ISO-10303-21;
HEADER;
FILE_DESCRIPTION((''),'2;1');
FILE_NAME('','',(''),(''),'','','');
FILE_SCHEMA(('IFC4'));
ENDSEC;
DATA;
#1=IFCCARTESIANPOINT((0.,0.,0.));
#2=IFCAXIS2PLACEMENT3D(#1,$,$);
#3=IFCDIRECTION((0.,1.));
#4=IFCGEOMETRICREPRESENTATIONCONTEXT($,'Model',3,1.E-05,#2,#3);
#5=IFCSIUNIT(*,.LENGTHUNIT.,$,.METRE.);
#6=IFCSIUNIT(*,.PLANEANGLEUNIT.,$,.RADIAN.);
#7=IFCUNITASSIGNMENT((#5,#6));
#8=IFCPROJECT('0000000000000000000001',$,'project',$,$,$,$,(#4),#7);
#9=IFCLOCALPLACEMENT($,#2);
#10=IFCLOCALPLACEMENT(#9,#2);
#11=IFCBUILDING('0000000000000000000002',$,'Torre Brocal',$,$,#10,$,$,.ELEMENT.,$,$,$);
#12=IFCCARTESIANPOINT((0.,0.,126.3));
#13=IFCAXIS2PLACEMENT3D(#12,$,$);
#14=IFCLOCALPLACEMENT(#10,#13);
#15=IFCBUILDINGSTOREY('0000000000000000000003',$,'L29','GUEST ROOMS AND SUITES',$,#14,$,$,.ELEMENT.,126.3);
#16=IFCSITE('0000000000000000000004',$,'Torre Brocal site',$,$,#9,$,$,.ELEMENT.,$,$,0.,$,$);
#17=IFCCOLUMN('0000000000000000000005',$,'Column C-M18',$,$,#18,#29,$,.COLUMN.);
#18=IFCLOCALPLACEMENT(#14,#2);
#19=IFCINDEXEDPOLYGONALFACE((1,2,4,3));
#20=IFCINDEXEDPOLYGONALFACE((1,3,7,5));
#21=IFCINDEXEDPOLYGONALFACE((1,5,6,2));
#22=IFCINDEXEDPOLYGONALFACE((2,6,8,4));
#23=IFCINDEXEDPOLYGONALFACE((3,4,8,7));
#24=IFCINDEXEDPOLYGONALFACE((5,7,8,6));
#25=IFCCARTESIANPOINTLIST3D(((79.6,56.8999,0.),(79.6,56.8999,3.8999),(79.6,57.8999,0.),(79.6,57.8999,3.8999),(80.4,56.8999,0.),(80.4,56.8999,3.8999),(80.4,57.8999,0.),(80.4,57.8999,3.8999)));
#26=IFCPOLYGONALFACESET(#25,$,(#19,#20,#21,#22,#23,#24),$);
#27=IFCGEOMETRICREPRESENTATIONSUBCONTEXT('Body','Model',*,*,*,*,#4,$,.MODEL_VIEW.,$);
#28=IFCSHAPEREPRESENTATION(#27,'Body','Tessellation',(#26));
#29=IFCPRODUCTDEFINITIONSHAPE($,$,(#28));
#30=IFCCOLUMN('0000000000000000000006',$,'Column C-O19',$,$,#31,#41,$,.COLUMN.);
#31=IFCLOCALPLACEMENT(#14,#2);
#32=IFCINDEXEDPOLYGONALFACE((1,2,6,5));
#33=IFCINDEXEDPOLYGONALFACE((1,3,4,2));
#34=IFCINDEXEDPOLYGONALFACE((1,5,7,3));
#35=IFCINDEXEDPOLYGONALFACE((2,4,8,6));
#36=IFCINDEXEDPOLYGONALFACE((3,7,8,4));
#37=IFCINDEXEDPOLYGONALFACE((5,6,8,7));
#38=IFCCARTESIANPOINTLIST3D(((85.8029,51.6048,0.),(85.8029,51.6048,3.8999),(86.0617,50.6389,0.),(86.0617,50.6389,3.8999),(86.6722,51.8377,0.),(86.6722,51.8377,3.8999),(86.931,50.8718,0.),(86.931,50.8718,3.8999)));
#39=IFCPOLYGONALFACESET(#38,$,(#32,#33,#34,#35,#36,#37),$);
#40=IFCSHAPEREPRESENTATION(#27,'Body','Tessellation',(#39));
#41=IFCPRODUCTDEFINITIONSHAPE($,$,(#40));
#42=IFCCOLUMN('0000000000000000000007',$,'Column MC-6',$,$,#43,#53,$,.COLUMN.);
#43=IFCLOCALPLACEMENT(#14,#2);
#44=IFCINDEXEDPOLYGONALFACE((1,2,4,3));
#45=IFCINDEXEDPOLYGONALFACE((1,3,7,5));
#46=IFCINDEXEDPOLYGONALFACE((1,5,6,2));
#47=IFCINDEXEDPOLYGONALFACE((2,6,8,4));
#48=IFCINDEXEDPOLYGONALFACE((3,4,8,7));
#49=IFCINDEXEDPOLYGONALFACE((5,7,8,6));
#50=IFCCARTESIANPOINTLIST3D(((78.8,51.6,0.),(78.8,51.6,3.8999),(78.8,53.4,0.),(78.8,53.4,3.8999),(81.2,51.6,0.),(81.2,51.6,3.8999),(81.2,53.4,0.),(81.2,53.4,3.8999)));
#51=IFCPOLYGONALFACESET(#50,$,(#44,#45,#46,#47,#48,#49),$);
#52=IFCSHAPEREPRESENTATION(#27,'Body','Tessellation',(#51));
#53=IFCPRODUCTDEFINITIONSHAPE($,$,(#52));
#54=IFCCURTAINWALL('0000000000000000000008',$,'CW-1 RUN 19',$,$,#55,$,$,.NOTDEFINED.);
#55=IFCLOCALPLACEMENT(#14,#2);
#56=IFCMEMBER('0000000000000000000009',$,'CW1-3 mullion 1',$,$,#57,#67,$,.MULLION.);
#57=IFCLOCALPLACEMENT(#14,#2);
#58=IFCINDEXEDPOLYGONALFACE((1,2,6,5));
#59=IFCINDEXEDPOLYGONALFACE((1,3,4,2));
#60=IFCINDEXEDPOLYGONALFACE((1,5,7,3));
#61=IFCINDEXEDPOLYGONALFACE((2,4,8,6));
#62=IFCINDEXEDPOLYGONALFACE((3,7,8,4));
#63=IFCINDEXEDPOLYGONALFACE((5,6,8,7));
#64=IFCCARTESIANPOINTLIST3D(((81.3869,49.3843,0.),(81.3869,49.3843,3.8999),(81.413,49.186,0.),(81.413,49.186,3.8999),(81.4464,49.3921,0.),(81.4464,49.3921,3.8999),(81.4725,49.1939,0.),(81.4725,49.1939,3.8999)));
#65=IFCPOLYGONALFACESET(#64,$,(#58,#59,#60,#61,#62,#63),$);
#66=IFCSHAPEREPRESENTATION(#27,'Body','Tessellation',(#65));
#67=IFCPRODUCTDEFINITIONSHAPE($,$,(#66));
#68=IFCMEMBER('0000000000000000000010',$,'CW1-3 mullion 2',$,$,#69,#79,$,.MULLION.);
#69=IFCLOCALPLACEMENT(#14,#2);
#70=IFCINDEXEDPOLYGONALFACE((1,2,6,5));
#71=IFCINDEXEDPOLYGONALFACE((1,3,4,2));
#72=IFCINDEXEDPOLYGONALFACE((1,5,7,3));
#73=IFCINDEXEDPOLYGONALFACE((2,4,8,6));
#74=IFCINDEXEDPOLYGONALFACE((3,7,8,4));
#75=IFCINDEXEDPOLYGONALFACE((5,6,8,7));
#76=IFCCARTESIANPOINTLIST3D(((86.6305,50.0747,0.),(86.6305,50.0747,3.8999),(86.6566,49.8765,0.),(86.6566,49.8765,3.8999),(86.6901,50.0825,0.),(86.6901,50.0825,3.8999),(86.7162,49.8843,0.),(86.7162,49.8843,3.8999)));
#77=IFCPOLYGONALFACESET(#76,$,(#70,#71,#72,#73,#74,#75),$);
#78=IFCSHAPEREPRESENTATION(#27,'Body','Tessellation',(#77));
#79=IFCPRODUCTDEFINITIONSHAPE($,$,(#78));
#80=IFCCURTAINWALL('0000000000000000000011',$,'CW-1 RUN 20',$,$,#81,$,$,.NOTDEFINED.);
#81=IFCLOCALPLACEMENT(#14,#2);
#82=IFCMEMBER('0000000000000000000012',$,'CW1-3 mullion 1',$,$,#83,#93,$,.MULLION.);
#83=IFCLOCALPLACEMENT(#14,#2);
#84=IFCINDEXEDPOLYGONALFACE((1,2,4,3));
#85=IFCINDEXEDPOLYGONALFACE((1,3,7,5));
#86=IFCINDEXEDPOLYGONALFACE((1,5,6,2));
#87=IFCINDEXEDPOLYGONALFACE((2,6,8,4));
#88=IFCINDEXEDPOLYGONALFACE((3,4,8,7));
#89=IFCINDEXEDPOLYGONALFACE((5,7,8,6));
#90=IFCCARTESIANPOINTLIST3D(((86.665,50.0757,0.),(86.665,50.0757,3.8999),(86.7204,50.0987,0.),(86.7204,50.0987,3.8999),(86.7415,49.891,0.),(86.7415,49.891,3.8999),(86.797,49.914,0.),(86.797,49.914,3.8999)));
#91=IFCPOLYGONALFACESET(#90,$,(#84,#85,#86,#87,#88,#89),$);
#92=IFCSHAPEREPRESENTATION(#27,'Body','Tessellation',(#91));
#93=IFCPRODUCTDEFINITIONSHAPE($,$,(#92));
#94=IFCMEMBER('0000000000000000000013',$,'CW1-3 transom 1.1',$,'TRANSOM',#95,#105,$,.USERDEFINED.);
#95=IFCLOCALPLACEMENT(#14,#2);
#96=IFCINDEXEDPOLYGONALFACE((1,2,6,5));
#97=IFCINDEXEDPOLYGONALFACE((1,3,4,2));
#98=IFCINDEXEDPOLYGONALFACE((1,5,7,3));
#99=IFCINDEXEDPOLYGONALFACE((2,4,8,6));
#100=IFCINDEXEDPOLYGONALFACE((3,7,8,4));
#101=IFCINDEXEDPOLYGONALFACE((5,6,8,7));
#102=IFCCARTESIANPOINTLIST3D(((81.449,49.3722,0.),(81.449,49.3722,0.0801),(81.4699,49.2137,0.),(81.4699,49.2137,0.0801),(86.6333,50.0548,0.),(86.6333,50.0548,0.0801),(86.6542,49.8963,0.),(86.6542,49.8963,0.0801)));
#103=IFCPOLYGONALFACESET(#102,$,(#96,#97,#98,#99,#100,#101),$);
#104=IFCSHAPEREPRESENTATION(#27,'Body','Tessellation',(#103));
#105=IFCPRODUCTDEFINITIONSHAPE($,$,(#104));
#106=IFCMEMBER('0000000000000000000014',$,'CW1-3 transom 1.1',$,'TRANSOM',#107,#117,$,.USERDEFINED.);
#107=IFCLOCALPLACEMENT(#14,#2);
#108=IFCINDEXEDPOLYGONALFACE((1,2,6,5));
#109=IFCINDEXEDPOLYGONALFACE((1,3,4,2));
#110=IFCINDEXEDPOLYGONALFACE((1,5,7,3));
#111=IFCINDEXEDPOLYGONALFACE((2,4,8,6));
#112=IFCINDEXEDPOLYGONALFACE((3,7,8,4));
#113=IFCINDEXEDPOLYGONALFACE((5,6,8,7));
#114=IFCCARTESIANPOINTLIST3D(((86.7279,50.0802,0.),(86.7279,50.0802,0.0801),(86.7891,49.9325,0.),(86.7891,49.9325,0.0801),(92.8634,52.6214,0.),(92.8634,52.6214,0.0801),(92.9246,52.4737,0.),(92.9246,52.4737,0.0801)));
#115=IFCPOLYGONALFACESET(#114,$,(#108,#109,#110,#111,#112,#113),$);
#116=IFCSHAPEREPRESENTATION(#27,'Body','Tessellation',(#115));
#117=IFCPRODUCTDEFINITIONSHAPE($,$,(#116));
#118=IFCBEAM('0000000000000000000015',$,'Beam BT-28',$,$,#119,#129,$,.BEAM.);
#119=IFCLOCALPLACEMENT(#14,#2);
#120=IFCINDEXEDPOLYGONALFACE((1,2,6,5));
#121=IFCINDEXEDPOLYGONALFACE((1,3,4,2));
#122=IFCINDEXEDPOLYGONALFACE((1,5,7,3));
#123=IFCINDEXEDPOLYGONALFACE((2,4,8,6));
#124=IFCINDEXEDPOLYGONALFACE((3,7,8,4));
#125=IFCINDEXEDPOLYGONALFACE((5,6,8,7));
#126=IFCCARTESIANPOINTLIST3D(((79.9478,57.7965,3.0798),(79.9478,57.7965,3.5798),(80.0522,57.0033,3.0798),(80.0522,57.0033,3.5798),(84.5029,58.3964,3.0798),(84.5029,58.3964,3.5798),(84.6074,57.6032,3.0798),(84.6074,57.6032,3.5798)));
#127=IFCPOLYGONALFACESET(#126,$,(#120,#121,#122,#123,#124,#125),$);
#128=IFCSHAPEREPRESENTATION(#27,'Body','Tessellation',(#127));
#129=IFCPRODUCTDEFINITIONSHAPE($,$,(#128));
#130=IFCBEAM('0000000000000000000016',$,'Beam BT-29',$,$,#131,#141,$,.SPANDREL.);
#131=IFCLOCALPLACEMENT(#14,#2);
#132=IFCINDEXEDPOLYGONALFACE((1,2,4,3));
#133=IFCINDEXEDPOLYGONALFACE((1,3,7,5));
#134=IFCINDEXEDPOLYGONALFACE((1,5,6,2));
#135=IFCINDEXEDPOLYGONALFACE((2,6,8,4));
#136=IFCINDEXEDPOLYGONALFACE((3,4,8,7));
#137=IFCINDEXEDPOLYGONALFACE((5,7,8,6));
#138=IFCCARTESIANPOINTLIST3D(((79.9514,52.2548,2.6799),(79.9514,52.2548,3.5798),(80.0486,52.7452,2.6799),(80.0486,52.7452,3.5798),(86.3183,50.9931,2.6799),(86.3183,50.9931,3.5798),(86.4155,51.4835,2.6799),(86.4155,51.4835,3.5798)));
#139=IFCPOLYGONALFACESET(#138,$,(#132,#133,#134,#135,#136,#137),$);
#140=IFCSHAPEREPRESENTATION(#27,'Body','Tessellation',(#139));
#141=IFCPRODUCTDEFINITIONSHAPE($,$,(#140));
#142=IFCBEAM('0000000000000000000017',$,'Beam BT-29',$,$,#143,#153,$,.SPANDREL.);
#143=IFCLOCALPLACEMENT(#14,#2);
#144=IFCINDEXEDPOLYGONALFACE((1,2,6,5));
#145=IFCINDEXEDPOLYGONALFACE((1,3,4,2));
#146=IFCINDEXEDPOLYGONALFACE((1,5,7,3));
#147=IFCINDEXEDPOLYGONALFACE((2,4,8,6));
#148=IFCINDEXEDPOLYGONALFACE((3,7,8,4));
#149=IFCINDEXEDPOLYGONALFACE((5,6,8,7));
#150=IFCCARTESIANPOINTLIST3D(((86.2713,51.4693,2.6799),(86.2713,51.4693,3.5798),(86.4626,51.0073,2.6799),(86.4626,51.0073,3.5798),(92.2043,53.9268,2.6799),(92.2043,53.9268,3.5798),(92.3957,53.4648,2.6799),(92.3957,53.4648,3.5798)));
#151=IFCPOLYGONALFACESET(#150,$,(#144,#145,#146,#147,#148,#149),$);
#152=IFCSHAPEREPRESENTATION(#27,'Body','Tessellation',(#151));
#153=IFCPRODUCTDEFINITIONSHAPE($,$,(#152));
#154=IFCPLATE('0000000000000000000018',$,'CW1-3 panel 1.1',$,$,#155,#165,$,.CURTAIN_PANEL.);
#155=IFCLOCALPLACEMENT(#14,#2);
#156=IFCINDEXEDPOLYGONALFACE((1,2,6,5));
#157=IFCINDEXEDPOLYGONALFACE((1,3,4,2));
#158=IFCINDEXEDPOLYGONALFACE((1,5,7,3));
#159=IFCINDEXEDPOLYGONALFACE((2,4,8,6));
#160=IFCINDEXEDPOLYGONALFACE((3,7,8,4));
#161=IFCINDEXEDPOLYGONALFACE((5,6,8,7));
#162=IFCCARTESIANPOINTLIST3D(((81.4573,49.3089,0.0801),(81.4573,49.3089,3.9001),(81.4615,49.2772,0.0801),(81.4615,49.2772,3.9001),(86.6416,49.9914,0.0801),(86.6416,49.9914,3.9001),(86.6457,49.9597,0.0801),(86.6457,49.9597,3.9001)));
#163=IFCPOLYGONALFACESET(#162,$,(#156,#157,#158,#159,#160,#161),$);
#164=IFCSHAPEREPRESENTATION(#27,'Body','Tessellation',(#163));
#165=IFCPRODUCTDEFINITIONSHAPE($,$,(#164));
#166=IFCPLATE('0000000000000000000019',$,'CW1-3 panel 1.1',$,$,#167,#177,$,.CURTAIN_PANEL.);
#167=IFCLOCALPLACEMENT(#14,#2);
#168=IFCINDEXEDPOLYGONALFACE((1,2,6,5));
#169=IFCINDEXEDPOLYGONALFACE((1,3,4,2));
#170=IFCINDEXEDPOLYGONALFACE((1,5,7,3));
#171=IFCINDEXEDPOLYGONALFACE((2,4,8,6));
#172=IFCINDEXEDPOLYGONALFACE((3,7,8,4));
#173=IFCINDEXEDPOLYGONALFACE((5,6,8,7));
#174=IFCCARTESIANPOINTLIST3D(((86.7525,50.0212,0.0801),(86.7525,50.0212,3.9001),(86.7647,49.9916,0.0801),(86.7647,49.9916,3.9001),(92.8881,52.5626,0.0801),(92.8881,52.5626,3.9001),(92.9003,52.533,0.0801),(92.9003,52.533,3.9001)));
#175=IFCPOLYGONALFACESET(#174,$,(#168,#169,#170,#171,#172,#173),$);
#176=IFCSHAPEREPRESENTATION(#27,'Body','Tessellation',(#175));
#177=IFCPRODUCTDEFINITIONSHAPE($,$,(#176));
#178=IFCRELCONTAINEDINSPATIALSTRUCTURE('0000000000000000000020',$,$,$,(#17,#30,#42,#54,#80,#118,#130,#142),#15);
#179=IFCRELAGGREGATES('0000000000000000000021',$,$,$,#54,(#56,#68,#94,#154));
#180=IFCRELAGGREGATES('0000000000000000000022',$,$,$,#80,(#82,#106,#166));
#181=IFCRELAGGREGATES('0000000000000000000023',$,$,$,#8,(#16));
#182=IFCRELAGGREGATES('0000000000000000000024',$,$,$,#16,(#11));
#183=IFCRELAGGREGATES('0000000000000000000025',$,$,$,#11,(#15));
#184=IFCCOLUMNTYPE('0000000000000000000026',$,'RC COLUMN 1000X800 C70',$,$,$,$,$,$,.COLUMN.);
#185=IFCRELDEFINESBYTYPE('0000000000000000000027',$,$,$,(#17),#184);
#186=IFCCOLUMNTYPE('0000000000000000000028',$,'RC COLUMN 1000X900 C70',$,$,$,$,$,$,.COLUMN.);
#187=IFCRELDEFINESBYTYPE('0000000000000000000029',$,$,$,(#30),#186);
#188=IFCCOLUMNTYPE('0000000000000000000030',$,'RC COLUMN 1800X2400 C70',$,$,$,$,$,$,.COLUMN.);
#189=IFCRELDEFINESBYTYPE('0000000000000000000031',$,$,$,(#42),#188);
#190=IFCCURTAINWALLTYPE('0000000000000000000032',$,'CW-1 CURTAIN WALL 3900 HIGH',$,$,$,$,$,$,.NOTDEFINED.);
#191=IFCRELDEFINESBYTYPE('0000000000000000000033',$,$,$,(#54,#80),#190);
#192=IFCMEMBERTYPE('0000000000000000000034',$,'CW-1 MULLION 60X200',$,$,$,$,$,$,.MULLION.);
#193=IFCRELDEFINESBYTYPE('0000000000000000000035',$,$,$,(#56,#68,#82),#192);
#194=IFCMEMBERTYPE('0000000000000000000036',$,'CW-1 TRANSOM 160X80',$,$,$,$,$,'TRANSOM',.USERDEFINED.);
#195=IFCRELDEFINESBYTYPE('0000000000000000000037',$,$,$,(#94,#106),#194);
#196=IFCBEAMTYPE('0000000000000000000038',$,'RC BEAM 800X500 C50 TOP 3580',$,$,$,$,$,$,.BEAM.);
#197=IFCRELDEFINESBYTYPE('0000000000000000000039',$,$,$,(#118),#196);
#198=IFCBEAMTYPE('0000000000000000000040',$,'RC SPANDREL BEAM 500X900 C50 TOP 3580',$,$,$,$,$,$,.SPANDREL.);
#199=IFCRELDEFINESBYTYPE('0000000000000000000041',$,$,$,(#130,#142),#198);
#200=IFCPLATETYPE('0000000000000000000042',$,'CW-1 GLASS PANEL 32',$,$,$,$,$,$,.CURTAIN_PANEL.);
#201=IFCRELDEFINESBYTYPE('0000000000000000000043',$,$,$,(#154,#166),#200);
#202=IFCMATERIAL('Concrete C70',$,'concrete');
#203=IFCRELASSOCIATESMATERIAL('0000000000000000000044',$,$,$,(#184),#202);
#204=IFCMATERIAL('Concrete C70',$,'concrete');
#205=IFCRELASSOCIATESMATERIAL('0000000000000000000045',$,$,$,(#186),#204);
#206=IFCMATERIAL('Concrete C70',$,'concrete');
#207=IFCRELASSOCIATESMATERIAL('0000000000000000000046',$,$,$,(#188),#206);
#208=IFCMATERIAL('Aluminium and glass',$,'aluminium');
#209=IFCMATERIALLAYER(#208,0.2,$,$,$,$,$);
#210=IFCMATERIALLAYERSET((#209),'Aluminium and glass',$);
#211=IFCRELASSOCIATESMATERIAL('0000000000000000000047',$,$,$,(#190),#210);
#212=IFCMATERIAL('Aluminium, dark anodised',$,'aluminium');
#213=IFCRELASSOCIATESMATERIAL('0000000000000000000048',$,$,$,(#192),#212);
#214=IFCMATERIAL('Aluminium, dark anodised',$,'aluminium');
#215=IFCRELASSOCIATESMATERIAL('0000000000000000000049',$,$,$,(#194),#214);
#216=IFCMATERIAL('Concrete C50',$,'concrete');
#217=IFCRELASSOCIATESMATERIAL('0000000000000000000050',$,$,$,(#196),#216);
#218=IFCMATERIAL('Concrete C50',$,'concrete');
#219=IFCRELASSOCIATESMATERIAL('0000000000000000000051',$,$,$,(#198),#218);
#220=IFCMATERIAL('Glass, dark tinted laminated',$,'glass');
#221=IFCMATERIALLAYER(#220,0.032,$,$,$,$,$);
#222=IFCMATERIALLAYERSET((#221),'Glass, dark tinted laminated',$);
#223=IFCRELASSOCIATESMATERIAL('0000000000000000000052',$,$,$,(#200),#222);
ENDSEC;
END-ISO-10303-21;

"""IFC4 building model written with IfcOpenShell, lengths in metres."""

from ifc_helpers import new_model, si_unit, direction, frame, origin, origin_2d, place, context, subcontext, project, spatial, rectangle, extrude, material, layer, layer_set, material_profile, profile_set, type_object, element, aggregate, save


model = new_model("IFC4")

# Units and contexts
model_context = context("Model", 3, precision=1e-05, world=origin(), true_north=direction((0.0, 1.0)))
body_context = subcontext(model_context, "Body", "Model", "MODEL_VIEW")
ifc_project = project(units=[si_unit("LENGTHUNIT", "METRE"), si_unit("PLANEANGLEUNIT", "RADIAN")], contexts=[model_context])

# Site, building, storey
site_placement = place(None, origin())
site = spatial("IfcSite", under=ifc_project, at=site_placement, Name="Torre Brocal site", CompositionType="ELEMENT", RefElevation=0.0)
building_placement = place(site_placement, origin())
building = spatial("IfcBuilding", under=site, at=building_placement, Name="Torre Brocal", CompositionType="ELEMENT")
storey_placement = place(building_placement, frame((0.0, 0.0, 126.3)))
storey = spatial("IfcBuildingStorey", under=building, at=storey_placement, Name="L29", Description="GUEST ROOMS AND SUITES", CompositionType="ELEMENT", Elevation=126.3)

# Columns
ifc_material_1 = material(Name="Concrete C70", Category="concrete")
ifc_material_profile_1 = material_profile(ifc_material_1, rectangle(XDim=1.0, YDim=0.8, at=origin_2d()), Name="RC 1000X800")
ifc_profile_set_1 = profile_set([ifc_material_profile_1], Name="Concrete C70")
column_type_1 = type_object("IfcColumnType", Name="RC COLUMN 1000X800 C70", PredefinedType="COLUMN", material=ifc_profile_set_1)
column_1_placement = place(storey_placement, frame((80.0, 57.3999, 0.0), z_axis=(0.0, 0.0, 1.0), x_axis=(0.0, -1.0, 0.0)))
element("IfcColumn", 1, at=column_1_placement, inside=storey, type_object=column_type_1, Name="Column C-M18", PredefinedType="COLUMN", context=body_context, shape_type="SweptSolid", body=[
    extrude(rectangle(XDim=1.0, YDim=0.8, at=origin_2d()), origin(), (0.0, 0.0, 1.0), 3.8999),
])
ifc_material_2 = material(Name="Concrete C70", Category="concrete")
ifc_material_profile_2 = material_profile(ifc_material_2, rectangle(XDim=1.0, YDim=0.8999, at=origin_2d()), Name="RC 1000X900")
ifc_profile_set_2 = profile_set([ifc_material_profile_2], Name="Concrete C70")
column_type_2 = type_object("IfcColumnType", Name="RC COLUMN 1000X900 C70", PredefinedType="COLUMN", material=ifc_profile_set_2)
column_2_placement = place(storey_placement, frame((86.3669, 51.2383, 0.0), z_axis=(0.0, 0.0, 1.0), x_axis=(0.258819, -0.965926, 0.0)))
element("IfcColumn", 2, at=column_2_placement, inside=storey, type_object=column_type_2, Name="Column C-O19", PredefinedType="COLUMN", context=body_context, shape_type="SweptSolid", body=[
    extrude(rectangle(XDim=1.0, YDim=0.8999, at=origin_2d()), origin(), (0.0, 0.0, 1.0), 3.8999),
])
ifc_material_3 = material(Name="Concrete C70", Category="concrete")
ifc_material_profile_3 = material_profile(ifc_material_3, rectangle(XDim=1.8, YDim=2.3999, at=origin_2d()), Name="RC 1800X2400")
ifc_profile_set_3 = profile_set([ifc_material_profile_3], Name="Concrete C70")
column_type_3 = type_object("IfcColumnType", Name="RC COLUMN 1800X2400 C70", PredefinedType="COLUMN", material=ifc_profile_set_3)
column_3_placement = place(storey_placement, frame((80.0, 52.5, 0.0), z_axis=(0.0, 0.0, 1.0), x_axis=(0.0, -1.0, 0.0)))
element("IfcColumn", 3, at=column_3_placement, inside=storey, type_object=column_type_3, Name="Column MC-6", PredefinedType="COLUMN", context=body_context, shape_type="SweptSolid", body=[
    extrude(rectangle(XDim=1.8, YDim=2.3999, at=origin_2d()), origin(), (0.0, 0.0, 1.0), 3.8999),
])

# Curtain wall, members
ifc_material_4 = material(Name="Aluminium and glass", Category="aluminium")
ifc_layer_1 = layer(ifc_material_4, 0.2)
ifc_layer_set_1 = layer_set([ifc_layer_1], Name="Aluminium and glass")
curtain_wall_type = type_object("IfcCurtainWallType", Name="CW-1 CURTAIN WALL 3900 HIGH", PredefinedType="NOTDEFINED", material=ifc_layer_set_1)
curtain_wall_1_placement = place(storey_placement, origin())
curtain_wall_1 = element("IfcCurtainWall", 4, at=curtain_wall_1_placement, inside=storey, type_object=curtain_wall_type, Name="CW-1 RUN 19", PredefinedType="NOTDEFINED")
ifc_material_5 = material(Name="Aluminium, dark anodised", Category="aluminium")
ifc_material_profile_4 = material_profile(ifc_material_5, rectangle(XDim=0.2, YDim=0.0601, at=origin_2d()), Name="CW-1 MULLION 60X200")
ifc_profile_set_4 = profile_set([ifc_material_profile_4], Name="Aluminium, dark anodised")
member_type_1 = type_object("IfcMemberType", Name="CW-1 MULLION 60X200", PredefinedType="MULLION", material=ifc_profile_set_4)
member_1_placement = place(storey_placement, frame((81.4297, 49.2891, 0.0), z_axis=(0.0, 0.0, 1.0), x_axis=(-0.130526, 0.991445, 0.0)))
member_1 = element("IfcMember", 5, at=member_1_placement, type_object=member_type_1, Name="CW1-3 mullion 1", PredefinedType="MULLION", context=body_context, shape_type="SweptSolid", body=[
    extrude(rectangle(XDim=0.2, YDim=0.0601, at=origin_2d()), origin(), (0.0, 0.0, 1.0), 3.8999),
])
member_2_placement = place(storey_placement, frame((86.6733, 49.9795, 0.0), z_axis=(0.0, 0.0, 1.0), x_axis=(-0.130526, 0.991445, 0.0)))
member_2 = element("IfcMember", 6, at=member_2_placement, type_object=member_type_1, Name="CW1-3 mullion 2", PredefinedType="MULLION", context=body_context, shape_type="SweptSolid", body=[
    extrude(rectangle(XDim=0.2, YDim=0.0601, at=origin_2d()), origin(), (0.0, 0.0, 1.0), 3.8999),
])

# Curtain wall, member
curtain_wall_2_placement = place(storey_placement, origin())
curtain_wall_2 = element("IfcCurtainWall", 7, at=curtain_wall_2_placement, inside=storey, type_object=curtain_wall_type, Name="CW-1 RUN 20", PredefinedType="NOTDEFINED")
member_3_placement = place(storey_placement, frame((86.731, 49.9949, 0.0), z_axis=(0.0, 0.0, 1.0), x_axis=(-0.382683, 0.92388, 0.0)))
member_3 = element("IfcMember", 8, at=member_3_placement, type_object=member_type_1, Name="CW1-3 mullion 1", PredefinedType="MULLION", context=body_context, shape_type="SweptSolid", body=[
    extrude(rectangle(XDim=0.2, YDim=0.0601, at=origin_2d()), origin(), (0.0, 0.0, 1.0), 3.8999),
])

# Members
ifc_material_6 = material(Name="Aluminium, dark anodised", Category="aluminium")
ifc_material_profile_5 = material_profile(ifc_material_6, rectangle(XDim=0.1599, YDim=0.0801, at=origin_2d()), Name="CW-1 TRANSOM 160X80")
ifc_profile_set_5 = profile_set([ifc_material_profile_5], Name="Aluminium, dark anodised")
member_type_2 = type_object("IfcMemberType", Name="CW-1 TRANSOM 160X80", ElementType="TRANSOM", PredefinedType="USERDEFINED", material=ifc_profile_set_5)
member_4_placement = place(storey_placement, frame((81.4595, 49.293, 0.04), z_axis=(0.991443, 0.130543, 0.0), x_axis=(-0.130543, 0.991443, 0.0)))
member_4 = element("IfcMember", 9, at=member_4_placement, type_object=member_type_2, Name="CW1-3 transom 1.1", ObjectType="TRANSOM", PredefinedType="USERDEFINED", context=body_context, shape_type="SweptSolid", body=[
    extrude(rectangle(XDim=0.1599, YDim=0.0801, at=origin_2d()), origin(), (0.0, 0.0, 1.0), 5.229),
])
member_5_placement = place(storey_placement, frame((86.7585, 50.0063, 0.04), z_axis=(0.923887, 0.382665, 0.0), x_axis=(-0.382665, 0.923887, 0.0)))
member_5 = element("IfcMember", 10, at=member_5_placement, type_object=member_type_2, Name="CW1-3 transom 1.1", ObjectType="TRANSOM", PredefinedType="USERDEFINED", context=body_context, shape_type="SweptSolid", body=[
    extrude(rectangle(XDim=0.1599, YDim=0.0801, at=origin_2d()), origin(), (0.0, 0.0, 1.0), 6.6409),
])

# Beams
ifc_material_7 = material(Name="Concrete C50", Category="concrete")
ifc_material_profile_6 = material_profile(ifc_material_7, rectangle(XDim=0.8, YDim=0.5, at=origin_2d()), Name="RC 800X500")
ifc_profile_set_6 = profile_set([ifc_material_profile_6], Name="Concrete C50")
beam_type_1 = type_object("IfcBeamType", Name="RC BEAM 800X500 C50 TOP 3580", PredefinedType="BEAM", material=ifc_profile_set_6)
beam_1_placement = place(storey_placement, frame((80.0, 57.3999, 3.3298), z_axis=(0.991441, 0.130559, 0.0), x_axis=(-0.130559, 0.991441, 0.0)))
element("IfcBeam", 11, at=beam_1_placement, inside=storey, type_object=beam_type_1, Name="Beam BT-28", PredefinedType="BEAM", context=body_context, shape_type="SweptSolid", body=[
    extrude(rectangle(XDim=0.8, YDim=0.5, at=origin_2d()), origin(), (0.0, 0.0, 1.0), 4.5945),
])
ifc_material_8 = material(Name="Concrete C50", Category="concrete")
ifc_material_profile_7 = material_profile(ifc_material_8, rectangle(XDim=0.5, YDim=0.8999, at=origin_2d()), Name="RC 500X900")
ifc_profile_set_7 = profile_set([ifc_material_profile_7], Name="Concrete C50")
beam_type_2 = type_object("IfcBeamType", Name="RC SPANDREL BEAM 500X900 C50 TOP 3580", PredefinedType="SPANDREL", material=ifc_profile_set_7)
beam_2_placement = place(storey_placement, frame((80.0, 52.5, 3.1299), z_axis=(0.980925, -0.194387, 0.0), x_axis=(0.194387, 0.980925, 0.0)))
element("IfcBeam", 12, at=beam_2_placement, inside=storey, type_object=beam_type_2, Name="Beam BT-29", PredefinedType="SPANDREL", context=body_context, shape_type="SweptSolid", body=[
    extrude(rectangle(XDim=0.5, YDim=0.8999, at=origin_2d()), origin(), (0.0, 0.0, 1.0), 6.4907),
])
beam_3_placement = place(storey_placement, frame((86.3669, 51.2383, 3.1299), z_axis=(0.923882, 0.382676, 0.0), x_axis=(-0.382676, 0.923882, 0.0)))
element("IfcBeam", 13, at=beam_3_placement, inside=storey, type_object=beam_type_2, Name="Beam BT-29", PredefinedType="SPANDREL", context=body_context, shape_type="SweptSolid", body=[
    extrude(rectangle(XDim=0.5, YDim=0.8999, at=origin_2d()), origin(), (0.0, 0.0, 1.0), 6.4219),
])

# Plates
ifc_material_9 = material(Name="Glass, dark tinted laminated", Category="glass")
ifc_layer_2 = layer(ifc_material_9, 0.032)
ifc_layer_set_2 = layer_set([ifc_layer_2], Name="Glass, dark tinted laminated")
plate_type = type_object("IfcPlateType", Name="CW-1 GLASS PANEL 32", PredefinedType="CURTAIN_PANEL", material=ifc_layer_set_2)
plate_1_placement = place(storey_placement, frame((84.0515, 49.6343, 0.0801), z_axis=(0.0, 0.0, 1.0), x_axis=(0.991445, 0.130526, 0.0)))
plate_1 = element("IfcPlate", 14, at=plate_1_placement, type_object=plate_type, Name="CW1-3 panel 1.1", PredefinedType="CURTAIN_PANEL", context=body_context, shape_type="SweptSolid", body=[
    extrude(rectangle(XDim=5.229, YDim=0.032, at=origin_2d()), origin(), (0.0, 0.0, 1.0), 3.8201),
])
aggregate(curtain_wall_1, [member_1, member_2, member_4, plate_1])
plate_2_placement = place(storey_placement, frame((89.8264, 51.2771, 0.0801), z_axis=(0.0, 0.0, 1.0), x_axis=(0.92388, 0.382683, 0.0)))
plate_2 = element("IfcPlate", 15, at=plate_2_placement, type_object=plate_type, Name="CW1-3 panel 1.1", PredefinedType="CURTAIN_PANEL", context=body_context, shape_type="SweptSolid", body=[
    extrude(rectangle(XDim=6.6411, YDim=0.032, at=origin_2d()), origin(), (0.0, 0.0, 1.0), 3.8201),
])
aggregate(curtain_wall_2, [member_3, member_5, plate_2])

save(model, "model.ifc")
